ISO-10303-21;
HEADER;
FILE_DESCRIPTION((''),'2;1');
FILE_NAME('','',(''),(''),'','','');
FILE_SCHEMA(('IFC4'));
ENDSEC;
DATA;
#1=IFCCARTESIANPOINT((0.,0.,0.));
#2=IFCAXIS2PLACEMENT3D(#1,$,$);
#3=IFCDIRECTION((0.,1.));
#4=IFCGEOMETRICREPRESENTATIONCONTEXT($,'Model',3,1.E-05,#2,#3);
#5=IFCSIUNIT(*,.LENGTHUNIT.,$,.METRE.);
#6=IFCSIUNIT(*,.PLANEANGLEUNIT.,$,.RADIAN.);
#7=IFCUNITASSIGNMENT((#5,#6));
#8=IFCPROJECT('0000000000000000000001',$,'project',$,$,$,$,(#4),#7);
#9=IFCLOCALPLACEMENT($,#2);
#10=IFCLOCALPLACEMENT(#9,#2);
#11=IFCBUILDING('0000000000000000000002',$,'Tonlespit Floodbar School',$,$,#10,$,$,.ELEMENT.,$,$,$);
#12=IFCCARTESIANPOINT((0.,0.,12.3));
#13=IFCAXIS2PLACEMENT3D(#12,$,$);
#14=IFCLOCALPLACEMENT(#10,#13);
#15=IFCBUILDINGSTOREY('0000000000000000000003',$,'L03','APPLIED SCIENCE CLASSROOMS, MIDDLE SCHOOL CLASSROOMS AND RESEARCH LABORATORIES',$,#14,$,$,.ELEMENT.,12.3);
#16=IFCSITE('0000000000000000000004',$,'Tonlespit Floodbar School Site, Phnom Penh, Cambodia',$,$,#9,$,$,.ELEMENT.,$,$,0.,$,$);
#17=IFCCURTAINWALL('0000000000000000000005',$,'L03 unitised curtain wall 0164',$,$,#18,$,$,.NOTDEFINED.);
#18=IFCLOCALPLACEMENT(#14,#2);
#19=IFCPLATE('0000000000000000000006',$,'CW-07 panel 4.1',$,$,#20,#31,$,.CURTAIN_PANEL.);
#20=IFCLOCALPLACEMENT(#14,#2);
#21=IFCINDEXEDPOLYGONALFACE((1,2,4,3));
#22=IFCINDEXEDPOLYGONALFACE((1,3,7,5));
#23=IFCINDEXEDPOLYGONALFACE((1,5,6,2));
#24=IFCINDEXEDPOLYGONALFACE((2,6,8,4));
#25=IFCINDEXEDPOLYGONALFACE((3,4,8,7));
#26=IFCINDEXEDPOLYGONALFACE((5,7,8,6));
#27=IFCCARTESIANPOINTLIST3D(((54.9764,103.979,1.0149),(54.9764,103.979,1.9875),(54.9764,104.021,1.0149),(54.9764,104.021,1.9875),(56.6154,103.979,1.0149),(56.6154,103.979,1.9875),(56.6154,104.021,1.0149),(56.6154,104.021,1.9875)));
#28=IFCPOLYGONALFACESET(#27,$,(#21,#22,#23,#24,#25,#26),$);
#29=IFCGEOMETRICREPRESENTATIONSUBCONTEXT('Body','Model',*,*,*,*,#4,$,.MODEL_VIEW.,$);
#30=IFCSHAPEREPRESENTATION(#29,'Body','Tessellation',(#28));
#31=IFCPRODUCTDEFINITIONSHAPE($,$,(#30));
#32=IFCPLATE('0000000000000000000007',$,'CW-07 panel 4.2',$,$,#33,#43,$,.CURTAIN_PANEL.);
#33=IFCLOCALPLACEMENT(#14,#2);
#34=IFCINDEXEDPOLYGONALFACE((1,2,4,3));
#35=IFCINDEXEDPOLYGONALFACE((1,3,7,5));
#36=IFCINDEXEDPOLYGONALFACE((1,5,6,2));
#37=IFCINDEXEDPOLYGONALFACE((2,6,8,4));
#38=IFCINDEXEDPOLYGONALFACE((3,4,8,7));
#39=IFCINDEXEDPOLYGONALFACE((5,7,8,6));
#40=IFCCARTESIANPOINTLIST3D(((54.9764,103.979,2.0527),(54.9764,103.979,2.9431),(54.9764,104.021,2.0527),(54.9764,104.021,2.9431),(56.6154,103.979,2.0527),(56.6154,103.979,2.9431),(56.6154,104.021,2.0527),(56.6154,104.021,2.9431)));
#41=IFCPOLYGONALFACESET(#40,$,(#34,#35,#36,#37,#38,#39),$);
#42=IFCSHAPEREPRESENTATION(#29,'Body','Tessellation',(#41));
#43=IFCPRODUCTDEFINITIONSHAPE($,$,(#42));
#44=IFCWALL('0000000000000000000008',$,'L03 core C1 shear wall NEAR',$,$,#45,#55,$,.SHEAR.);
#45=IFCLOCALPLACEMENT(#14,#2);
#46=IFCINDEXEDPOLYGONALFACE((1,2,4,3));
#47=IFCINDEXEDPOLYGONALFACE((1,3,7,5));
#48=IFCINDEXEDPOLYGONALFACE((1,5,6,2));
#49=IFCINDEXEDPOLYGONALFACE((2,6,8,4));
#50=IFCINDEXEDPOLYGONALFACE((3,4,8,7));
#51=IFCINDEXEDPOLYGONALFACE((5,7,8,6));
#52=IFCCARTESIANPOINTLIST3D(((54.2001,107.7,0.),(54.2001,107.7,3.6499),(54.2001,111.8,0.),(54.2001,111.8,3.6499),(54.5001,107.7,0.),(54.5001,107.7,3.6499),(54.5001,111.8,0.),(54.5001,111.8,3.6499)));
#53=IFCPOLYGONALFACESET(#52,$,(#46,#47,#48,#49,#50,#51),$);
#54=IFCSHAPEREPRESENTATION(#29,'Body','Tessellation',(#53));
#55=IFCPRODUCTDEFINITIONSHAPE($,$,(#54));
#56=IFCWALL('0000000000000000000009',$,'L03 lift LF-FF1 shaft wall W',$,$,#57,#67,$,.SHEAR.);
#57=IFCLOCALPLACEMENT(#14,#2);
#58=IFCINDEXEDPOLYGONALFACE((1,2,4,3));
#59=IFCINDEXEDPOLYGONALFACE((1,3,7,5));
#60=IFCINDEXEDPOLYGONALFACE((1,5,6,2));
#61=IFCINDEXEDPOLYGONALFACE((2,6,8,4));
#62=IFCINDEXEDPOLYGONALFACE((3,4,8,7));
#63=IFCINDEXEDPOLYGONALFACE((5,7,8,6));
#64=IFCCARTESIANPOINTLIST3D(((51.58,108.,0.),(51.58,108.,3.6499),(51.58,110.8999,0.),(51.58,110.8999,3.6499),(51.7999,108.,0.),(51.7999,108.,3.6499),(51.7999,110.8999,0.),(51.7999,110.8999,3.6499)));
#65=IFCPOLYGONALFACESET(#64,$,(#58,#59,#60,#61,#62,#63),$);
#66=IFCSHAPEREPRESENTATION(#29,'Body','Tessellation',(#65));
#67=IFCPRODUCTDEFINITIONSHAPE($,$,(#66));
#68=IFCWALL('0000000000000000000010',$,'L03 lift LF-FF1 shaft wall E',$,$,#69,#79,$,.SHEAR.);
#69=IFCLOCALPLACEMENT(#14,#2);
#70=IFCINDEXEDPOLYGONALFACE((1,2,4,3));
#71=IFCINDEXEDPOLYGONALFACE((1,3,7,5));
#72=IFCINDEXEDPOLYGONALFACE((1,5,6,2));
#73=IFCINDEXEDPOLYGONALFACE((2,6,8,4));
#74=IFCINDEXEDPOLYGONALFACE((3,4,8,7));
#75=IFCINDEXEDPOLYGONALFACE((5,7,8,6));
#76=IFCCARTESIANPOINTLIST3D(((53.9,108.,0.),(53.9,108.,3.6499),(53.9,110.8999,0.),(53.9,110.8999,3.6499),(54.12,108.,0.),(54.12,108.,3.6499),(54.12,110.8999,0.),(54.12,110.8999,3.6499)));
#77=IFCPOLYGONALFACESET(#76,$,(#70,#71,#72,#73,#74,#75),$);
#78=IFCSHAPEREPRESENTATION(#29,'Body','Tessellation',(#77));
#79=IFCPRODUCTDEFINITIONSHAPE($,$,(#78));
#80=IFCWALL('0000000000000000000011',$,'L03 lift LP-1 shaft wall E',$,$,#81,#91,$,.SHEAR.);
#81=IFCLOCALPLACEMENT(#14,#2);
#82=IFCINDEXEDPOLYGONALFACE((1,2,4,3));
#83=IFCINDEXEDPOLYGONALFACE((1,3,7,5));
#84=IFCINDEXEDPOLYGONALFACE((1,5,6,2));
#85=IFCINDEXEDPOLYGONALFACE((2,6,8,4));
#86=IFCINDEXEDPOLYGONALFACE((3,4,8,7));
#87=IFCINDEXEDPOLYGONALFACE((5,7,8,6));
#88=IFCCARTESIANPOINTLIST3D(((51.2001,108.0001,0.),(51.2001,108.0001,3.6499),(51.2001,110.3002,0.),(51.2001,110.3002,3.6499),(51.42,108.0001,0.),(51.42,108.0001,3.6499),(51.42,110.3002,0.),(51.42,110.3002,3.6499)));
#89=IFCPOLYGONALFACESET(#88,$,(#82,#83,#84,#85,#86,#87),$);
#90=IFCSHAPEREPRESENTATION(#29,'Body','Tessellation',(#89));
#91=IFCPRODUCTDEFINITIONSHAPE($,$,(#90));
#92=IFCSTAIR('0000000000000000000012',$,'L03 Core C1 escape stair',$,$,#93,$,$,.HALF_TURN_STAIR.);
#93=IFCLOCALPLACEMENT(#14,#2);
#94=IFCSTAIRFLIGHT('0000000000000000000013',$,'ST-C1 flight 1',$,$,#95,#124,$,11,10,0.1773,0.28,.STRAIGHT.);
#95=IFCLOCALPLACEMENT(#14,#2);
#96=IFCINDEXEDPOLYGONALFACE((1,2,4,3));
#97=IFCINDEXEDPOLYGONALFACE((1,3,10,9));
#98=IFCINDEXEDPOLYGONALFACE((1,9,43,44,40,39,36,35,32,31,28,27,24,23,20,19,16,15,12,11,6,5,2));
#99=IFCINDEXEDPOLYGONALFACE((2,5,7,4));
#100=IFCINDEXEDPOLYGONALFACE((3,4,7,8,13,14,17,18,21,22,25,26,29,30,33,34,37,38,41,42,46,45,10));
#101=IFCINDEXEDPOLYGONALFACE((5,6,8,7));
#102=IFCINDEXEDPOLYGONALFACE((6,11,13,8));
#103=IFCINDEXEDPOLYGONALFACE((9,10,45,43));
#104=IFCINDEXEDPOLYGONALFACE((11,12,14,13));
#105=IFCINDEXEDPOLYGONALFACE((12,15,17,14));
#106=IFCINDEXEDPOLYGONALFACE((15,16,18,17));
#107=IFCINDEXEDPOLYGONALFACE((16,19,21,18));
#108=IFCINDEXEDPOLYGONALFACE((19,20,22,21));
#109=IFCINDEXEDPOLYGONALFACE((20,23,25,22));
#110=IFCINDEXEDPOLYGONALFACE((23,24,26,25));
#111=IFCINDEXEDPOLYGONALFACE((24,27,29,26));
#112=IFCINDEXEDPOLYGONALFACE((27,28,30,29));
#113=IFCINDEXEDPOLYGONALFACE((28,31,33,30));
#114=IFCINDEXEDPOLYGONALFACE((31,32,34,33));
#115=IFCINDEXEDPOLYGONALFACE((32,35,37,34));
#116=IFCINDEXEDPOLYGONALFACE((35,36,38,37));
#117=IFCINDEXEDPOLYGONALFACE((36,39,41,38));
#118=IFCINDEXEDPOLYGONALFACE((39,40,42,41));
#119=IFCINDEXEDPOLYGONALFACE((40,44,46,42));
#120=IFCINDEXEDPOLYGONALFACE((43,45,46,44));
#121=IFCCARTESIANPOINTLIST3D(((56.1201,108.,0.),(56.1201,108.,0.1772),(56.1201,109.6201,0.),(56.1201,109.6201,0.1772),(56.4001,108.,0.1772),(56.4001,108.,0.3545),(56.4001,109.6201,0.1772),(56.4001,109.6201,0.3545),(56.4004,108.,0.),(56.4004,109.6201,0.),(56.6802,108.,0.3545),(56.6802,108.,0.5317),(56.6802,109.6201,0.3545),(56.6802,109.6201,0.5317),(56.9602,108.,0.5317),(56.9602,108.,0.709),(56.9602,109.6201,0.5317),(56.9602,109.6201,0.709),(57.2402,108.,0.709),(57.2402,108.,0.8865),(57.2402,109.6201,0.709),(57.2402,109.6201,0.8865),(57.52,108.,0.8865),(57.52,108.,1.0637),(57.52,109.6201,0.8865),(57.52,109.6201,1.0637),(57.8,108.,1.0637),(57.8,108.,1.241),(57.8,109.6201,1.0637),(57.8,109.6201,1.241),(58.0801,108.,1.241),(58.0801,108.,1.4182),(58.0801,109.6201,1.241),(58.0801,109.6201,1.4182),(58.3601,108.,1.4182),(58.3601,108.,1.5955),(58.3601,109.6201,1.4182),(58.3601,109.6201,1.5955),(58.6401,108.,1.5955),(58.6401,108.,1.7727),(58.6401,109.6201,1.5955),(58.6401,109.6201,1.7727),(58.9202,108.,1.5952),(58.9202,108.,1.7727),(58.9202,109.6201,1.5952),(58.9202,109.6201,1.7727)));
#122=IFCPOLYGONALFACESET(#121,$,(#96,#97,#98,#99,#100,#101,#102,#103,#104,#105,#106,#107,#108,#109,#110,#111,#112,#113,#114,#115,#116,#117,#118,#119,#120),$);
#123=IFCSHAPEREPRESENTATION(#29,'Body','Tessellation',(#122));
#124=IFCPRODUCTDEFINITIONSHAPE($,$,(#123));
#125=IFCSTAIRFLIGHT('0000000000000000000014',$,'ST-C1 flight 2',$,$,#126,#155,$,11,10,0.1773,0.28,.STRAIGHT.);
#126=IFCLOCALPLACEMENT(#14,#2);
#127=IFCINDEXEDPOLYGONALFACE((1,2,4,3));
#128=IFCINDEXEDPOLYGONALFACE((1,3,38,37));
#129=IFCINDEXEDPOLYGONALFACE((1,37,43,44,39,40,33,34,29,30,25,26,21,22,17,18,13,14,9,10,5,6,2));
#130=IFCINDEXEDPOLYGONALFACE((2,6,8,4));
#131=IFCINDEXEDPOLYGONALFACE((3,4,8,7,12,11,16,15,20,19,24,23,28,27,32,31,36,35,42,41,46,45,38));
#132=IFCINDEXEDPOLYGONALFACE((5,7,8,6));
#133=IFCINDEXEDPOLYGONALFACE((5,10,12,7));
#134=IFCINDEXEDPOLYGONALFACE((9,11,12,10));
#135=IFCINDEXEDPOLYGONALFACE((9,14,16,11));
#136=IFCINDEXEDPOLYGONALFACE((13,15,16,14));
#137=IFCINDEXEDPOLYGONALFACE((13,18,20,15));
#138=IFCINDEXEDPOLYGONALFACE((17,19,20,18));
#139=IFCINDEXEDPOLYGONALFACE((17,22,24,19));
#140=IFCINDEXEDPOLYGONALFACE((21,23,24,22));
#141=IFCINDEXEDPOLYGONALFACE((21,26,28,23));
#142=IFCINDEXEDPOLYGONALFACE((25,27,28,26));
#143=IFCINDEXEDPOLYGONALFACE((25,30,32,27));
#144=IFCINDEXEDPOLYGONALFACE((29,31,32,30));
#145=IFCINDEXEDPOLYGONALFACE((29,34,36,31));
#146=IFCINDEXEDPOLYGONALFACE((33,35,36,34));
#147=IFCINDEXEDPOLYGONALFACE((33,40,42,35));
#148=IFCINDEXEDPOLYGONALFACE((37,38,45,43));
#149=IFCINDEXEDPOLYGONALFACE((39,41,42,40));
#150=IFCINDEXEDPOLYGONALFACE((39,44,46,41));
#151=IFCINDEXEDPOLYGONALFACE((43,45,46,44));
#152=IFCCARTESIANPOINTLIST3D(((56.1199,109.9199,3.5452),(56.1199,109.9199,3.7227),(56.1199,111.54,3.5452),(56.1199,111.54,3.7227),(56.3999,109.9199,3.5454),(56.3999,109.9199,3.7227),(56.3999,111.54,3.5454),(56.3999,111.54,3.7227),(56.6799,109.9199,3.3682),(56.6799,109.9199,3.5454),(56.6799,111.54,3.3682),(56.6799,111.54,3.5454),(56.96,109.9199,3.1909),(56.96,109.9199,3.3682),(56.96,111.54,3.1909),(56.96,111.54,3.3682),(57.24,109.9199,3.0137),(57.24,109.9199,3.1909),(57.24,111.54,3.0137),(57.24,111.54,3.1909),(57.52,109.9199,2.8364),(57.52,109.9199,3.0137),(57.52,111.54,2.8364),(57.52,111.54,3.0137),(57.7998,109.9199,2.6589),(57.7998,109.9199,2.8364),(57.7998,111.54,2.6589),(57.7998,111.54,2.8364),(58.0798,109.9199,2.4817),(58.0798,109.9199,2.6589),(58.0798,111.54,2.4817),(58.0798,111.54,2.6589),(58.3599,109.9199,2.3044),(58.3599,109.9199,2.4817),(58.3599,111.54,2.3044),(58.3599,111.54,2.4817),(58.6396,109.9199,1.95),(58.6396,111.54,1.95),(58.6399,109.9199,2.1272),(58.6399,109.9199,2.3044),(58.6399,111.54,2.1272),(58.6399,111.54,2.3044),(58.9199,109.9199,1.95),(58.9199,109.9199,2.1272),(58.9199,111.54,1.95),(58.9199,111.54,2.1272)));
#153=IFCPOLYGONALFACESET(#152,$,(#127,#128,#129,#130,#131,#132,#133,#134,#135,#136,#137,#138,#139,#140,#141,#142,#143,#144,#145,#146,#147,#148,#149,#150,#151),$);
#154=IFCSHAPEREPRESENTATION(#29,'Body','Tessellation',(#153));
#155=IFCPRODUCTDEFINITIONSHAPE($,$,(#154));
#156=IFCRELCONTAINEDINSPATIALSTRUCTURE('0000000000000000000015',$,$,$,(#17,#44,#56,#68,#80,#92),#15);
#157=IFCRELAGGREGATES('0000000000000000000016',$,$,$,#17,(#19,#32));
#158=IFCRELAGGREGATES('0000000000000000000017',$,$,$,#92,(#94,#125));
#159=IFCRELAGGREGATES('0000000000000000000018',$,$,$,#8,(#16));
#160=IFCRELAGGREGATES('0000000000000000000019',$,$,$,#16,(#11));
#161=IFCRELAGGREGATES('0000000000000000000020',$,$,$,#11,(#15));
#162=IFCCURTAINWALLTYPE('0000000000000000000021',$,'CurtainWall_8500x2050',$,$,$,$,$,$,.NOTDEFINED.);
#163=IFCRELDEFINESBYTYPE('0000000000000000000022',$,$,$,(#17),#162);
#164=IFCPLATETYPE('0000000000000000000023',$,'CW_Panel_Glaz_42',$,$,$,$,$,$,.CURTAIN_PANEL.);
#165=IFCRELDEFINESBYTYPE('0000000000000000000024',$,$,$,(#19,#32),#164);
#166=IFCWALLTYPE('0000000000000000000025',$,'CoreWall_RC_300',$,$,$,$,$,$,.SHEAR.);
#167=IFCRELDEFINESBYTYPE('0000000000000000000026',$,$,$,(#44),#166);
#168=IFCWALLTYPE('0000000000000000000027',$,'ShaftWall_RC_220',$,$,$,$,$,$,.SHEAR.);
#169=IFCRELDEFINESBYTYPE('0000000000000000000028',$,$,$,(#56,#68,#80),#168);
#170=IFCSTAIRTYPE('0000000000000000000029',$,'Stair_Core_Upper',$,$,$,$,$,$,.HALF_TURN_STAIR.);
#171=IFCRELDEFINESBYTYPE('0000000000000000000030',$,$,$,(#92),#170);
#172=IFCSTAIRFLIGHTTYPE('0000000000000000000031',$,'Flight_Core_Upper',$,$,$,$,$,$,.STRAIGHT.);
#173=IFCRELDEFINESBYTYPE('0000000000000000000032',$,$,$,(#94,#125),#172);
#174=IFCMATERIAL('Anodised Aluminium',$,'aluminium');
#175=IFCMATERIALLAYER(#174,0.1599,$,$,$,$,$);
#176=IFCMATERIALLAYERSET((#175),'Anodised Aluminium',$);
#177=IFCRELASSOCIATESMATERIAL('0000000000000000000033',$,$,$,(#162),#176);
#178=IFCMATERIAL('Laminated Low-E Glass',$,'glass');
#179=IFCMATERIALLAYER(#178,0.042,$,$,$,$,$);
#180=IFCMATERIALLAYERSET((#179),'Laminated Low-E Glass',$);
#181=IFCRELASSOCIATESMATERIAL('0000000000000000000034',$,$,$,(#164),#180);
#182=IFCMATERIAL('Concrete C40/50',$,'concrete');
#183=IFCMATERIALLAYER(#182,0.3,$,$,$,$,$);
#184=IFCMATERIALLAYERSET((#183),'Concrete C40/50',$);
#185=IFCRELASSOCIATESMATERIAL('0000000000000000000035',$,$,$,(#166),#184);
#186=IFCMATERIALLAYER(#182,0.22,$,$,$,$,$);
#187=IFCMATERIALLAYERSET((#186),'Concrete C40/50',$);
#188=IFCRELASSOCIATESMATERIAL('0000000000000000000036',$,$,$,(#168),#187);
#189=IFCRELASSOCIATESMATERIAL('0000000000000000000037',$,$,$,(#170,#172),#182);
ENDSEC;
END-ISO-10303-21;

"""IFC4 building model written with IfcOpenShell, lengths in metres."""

from ifc_helpers import new_model, si_unit, direction, frame, frame_2d, origin, origin_2d, place, context, subcontext, project, spatial, polyline, rectangle, outline, extrude, material, layer, layer_set, type_object, element, aggregate, save


model = new_model("IFC4")

# Units and contexts
model_context = context("Model", 3, precision=1e-05, world=origin(), true_north=direction((0.0, 1.0)))
body_context = subcontext(model_context, "Body", "Model", "MODEL_VIEW")
ifc_project = project(units=[si_unit("LENGTHUNIT", "METRE"), si_unit("PLANEANGLEUNIT", "RADIAN")], contexts=[model_context])

# Site, building, storey
site_placement = place(None, origin())
site = spatial("IfcSite", under=ifc_project, at=site_placement, Name="Tonlespit Floodbar School Site, Phnom Penh, Cambodia", CompositionType="ELEMENT", RefElevation=0.0)
building_placement = place(site_placement, origin())
building = spatial("IfcBuilding", under=site, at=building_placement, Name="Tonlespit Floodbar School", CompositionType="ELEMENT")
storey_placement = place(building_placement, frame((0.0, 0.0, 12.3)))
storey = spatial("IfcBuildingStorey", under=building, at=storey_placement, Name="L03", Description="APPLIED SCIENCE CLASSROOMS, MIDDLE SCHOOL CLASSROOMS AND RESEARCH LABORATORIES", CompositionType="ELEMENT", Elevation=12.3)

# Curtain wall, plates
ifc_material_1 = material(Name="Anodised Aluminium", Category="aluminium")
ifc_layer_1 = layer(ifc_material_1, 0.1599)
ifc_layer_set_1 = layer_set([ifc_layer_1], Name="Anodised Aluminium")
curtain_wall_type = type_object("IfcCurtainWallType", Name="CurtainWall_8500x2050", PredefinedType="NOTDEFINED", material=ifc_layer_set_1)
curtain_wall_placement = place(storey_placement, origin())
curtain_wall = element("IfcCurtainWall", 1, at=curtain_wall_placement, inside=storey, type_object=curtain_wall_type, Name="L03 unitised curtain wall 0164", PredefinedType="NOTDEFINED")
ifc_material_2 = material(Name="Laminated Low-E Glass", Category="glass")
ifc_layer_2 = layer(ifc_material_2, 0.042)
ifc_layer_set_2 = layer_set([ifc_layer_2], Name="Laminated Low-E Glass")
plate_type = type_object("IfcPlateType", Name="CW_Panel_Glaz_42", PredefinedType="CURTAIN_PANEL", material=ifc_layer_set_2)
plate_1_placement = place(storey_placement, frame((55.7959, 104.0, 1.0149), z_axis=(0.0, 0.0, 1.0), x_axis=(-1.0, 0.0, 0.0)))
plate_1 = element("IfcPlate", 2, at=plate_1_placement, type_object=plate_type, Name="CW-07 panel 4.1", PredefinedType="CURTAIN_PANEL", context=body_context, shape_type="SweptSolid", body=[
    extrude(rectangle(XDim=1.6389, YDim=0.042, at=origin_2d()), origin(), (0.0, 0.0, 1.0), 0.9727),
])
plate_2_placement = place(storey_placement, frame((55.7959, 104.0, 2.0527), z_axis=(0.0, 0.0, 1.0), x_axis=(-1.0, 0.0, 0.0)))
plate_2 = element("IfcPlate", 3, at=plate_2_placement, type_object=plate_type, Name="CW-07 panel 4.2", PredefinedType="CURTAIN_PANEL", context=body_context, shape_type="SweptSolid", body=[
    extrude(rectangle(XDim=1.6389, YDim=0.042, at=origin_2d()), origin(), (0.0, 0.0, 1.0), 0.8904),
])
aggregate(curtain_wall, [plate_1, plate_2])

# Wall
ifc_material_3 = material(Name="Concrete C40/50", Category="concrete")
ifc_layer_3 = layer(ifc_material_3, 0.3)
ifc_layer_set_3 = layer_set([ifc_layer_3], Name="Concrete C40/50")
wall_type_1 = type_object("IfcWallType", Name="CoreWall_RC_300", PredefinedType="SHEAR", material=ifc_layer_set_3)
wall_1_placement = place(storey_placement, frame((54.3501, 107.7, 0.0), z_axis=(0.0, 0.0, 1.0), x_axis=(0.0, 1.0, 0.0)))
element("IfcWall", 4, at=wall_1_placement, inside=storey, type_object=wall_type_1, Name="L03 core C1 shear wall NEAR", PredefinedType="SHEAR", context=body_context, shape_type="SweptSolid", body=[
    extrude(rectangle(XDim=4.1001, YDim=0.3, at=frame_2d((2.05, 0.0))), origin(), (0.0, 0.0, 1.0), 3.6499),
])

# Shared definitions
ifc_layer_4 = layer(ifc_material_3, 0.22)
ifc_layer_set_4 = layer_set([ifc_layer_4], Name="Concrete C40/50")
wall_type_2 = type_object("IfcWallType", Name="ShaftWall_RC_220", PredefinedType="SHEAR", material=ifc_layer_set_4)

# Walls
for number, where, z_axis, x_axis, name in (
    (5, (51.6899, 108.0, 0.0), (0.0, 0.0, 1.0), (0.0, 1.0, 0.0), "L03 lift LF-FF1 shaft wall W"),
    (6, (54.01, 110.8999, 0.0), (0.0, 0.0, 1.0), (0.0, -1.0, 0.0), "L03 lift LF-FF1 shaft wall E"),
):
    element("IfcWall", number, at=place(storey_placement, frame(where, z_axis=z_axis, x_axis=x_axis)), inside=storey, type_object=wall_type_2, Name=name, PredefinedType="SHEAR", context=body_context, shape_type="SweptSolid", body=[
        extrude(rectangle(XDim=2.8999, YDim=0.22, at=frame_2d((1.45, 0.0))), origin(), (0.0, 0.0, 1.0), 3.6499),
    ])

# Wall
wall_2_placement = place(storey_placement, frame((51.3101, 110.3, 0.0), z_axis=(0.0, 0.0, 1.0), x_axis=(0.0, -1.0, 0.0)))
element("IfcWall", 7, at=wall_2_placement, inside=storey, type_object=wall_type_2, Name="L03 lift LP-1 shaft wall E", PredefinedType="SHEAR", context=body_context, shape_type="SweptSolid", body=[
    extrude(rectangle(XDim=2.3, YDim=0.22, at=frame_2d((1.1499, 0.0))), origin(), (0.0, 0.0, 1.0), 3.6499),
])

# Stair, stair flights
stair_type = type_object("IfcStairType", Name="Stair_Core_Upper", PredefinedType="HALF_TURN_STAIR", material=ifc_material_3)
stair_placement = place(storey_placement, origin())
stair = element("IfcStair", 8, at=stair_placement, inside=storey, type_object=stair_type, Name="L03 Core C1 escape stair", PredefinedType="HALF_TURN_STAIR")
stair_flight_type = type_object("IfcStairFlightType", Name="Flight_Core_Upper", PredefinedType="STRAIGHT", material=ifc_material_3)
stair_flight_1_placement = place(storey_placement, frame((56.1201, 108.8101, 0.0), z_axis=(0.0, 0.0, 1.0), x_axis=(1.0, 0.0, 0.0)))
stair_flight_1 = element("IfcStairFlight", 9, at=stair_flight_1_placement, type_object=stair_flight_type, Name="ST-C1 flight 1", NumberOfRisers=11, NumberOfTreads=10, PredefinedType="STRAIGHT", RiserHeight=0.1773, TreadLength=0.28, context=body_context, shape_type="SweptSolid", body=[
    extrude(outline(polyline([(0.0, 0.0), (0.0, 0.1772), (0.28, 0.1772), (0.28, 0.3545), (0.5601, 0.3545), (0.5601, 0.5317), (0.8401, 0.5317), (0.8401, 0.709), (1.1201, 0.709), (1.1201, 0.8865), (1.3999, 0.8865), (1.3999, 1.0637), (1.6799, 1.0637), (1.6799, 1.241), (1.96, 1.241), (1.96, 1.4182), (2.24, 1.4182), (2.24, 1.5955), (2.52, 1.5955), (2.52, 1.7727), (2.8, 1.7727), (2.8, 1.95), (2.8, 1.5952), (0.2803, 0.0), (0.0, 0.0)])), frame((0.0, 0.8101, 0.0), z_axis=(0.0, -1.0, 0.0), x_axis=(1.0, 0.0, 0.0)), (0.0, 0.0, 1.0), 1.6201),
])
stair_flight_2_placement = place(storey_placement, frame((58.9199, 110.73, 1.95), z_axis=(0.0, 0.0, 1.0), x_axis=(-1.0, 0.0, 0.0)))
stair_flight_2 = element("IfcStairFlight", 10, at=stair_flight_2_placement, type_object=stair_flight_type, Name="ST-C1 flight 2", NumberOfRisers=11, NumberOfTreads=10, PredefinedType="STRAIGHT", RiserHeight=0.1773, TreadLength=0.28, context=body_context, shape_type="SweptSolid", body=[
    extrude(outline(polyline([(0.0, 0.0), (0.0, 0.1772), (0.28, 0.1772), (0.28, 0.3545), (0.5601, 0.3545), (0.5601, 0.5317), (0.8401, 0.5317), (0.8401, 0.709), (1.1201, 0.709), (1.1201, 0.8865), (1.3999, 0.8865), (1.3999, 1.0637), (1.6799, 1.0637), (1.6799, 1.241), (1.96, 1.241), (1.96, 1.4182), (2.24, 1.4182), (2.24, 1.5955), (2.52, 1.5955), (2.52, 1.7727), (2.8, 1.7727), (2.8, 1.95), (2.8, 1.5952), (0.2803, 0.0), (0.0, 0.0)])), frame((0.0, 0.8101, 0.0), z_axis=(0.0, -1.0, 0.0), x_axis=(1.0, 0.0, 0.0)), (0.0, 0.0, 1.0), 1.6201),
])
aggregate(stair, [stair_flight_1, stair_flight_2])

save(model, "model.ifc")
